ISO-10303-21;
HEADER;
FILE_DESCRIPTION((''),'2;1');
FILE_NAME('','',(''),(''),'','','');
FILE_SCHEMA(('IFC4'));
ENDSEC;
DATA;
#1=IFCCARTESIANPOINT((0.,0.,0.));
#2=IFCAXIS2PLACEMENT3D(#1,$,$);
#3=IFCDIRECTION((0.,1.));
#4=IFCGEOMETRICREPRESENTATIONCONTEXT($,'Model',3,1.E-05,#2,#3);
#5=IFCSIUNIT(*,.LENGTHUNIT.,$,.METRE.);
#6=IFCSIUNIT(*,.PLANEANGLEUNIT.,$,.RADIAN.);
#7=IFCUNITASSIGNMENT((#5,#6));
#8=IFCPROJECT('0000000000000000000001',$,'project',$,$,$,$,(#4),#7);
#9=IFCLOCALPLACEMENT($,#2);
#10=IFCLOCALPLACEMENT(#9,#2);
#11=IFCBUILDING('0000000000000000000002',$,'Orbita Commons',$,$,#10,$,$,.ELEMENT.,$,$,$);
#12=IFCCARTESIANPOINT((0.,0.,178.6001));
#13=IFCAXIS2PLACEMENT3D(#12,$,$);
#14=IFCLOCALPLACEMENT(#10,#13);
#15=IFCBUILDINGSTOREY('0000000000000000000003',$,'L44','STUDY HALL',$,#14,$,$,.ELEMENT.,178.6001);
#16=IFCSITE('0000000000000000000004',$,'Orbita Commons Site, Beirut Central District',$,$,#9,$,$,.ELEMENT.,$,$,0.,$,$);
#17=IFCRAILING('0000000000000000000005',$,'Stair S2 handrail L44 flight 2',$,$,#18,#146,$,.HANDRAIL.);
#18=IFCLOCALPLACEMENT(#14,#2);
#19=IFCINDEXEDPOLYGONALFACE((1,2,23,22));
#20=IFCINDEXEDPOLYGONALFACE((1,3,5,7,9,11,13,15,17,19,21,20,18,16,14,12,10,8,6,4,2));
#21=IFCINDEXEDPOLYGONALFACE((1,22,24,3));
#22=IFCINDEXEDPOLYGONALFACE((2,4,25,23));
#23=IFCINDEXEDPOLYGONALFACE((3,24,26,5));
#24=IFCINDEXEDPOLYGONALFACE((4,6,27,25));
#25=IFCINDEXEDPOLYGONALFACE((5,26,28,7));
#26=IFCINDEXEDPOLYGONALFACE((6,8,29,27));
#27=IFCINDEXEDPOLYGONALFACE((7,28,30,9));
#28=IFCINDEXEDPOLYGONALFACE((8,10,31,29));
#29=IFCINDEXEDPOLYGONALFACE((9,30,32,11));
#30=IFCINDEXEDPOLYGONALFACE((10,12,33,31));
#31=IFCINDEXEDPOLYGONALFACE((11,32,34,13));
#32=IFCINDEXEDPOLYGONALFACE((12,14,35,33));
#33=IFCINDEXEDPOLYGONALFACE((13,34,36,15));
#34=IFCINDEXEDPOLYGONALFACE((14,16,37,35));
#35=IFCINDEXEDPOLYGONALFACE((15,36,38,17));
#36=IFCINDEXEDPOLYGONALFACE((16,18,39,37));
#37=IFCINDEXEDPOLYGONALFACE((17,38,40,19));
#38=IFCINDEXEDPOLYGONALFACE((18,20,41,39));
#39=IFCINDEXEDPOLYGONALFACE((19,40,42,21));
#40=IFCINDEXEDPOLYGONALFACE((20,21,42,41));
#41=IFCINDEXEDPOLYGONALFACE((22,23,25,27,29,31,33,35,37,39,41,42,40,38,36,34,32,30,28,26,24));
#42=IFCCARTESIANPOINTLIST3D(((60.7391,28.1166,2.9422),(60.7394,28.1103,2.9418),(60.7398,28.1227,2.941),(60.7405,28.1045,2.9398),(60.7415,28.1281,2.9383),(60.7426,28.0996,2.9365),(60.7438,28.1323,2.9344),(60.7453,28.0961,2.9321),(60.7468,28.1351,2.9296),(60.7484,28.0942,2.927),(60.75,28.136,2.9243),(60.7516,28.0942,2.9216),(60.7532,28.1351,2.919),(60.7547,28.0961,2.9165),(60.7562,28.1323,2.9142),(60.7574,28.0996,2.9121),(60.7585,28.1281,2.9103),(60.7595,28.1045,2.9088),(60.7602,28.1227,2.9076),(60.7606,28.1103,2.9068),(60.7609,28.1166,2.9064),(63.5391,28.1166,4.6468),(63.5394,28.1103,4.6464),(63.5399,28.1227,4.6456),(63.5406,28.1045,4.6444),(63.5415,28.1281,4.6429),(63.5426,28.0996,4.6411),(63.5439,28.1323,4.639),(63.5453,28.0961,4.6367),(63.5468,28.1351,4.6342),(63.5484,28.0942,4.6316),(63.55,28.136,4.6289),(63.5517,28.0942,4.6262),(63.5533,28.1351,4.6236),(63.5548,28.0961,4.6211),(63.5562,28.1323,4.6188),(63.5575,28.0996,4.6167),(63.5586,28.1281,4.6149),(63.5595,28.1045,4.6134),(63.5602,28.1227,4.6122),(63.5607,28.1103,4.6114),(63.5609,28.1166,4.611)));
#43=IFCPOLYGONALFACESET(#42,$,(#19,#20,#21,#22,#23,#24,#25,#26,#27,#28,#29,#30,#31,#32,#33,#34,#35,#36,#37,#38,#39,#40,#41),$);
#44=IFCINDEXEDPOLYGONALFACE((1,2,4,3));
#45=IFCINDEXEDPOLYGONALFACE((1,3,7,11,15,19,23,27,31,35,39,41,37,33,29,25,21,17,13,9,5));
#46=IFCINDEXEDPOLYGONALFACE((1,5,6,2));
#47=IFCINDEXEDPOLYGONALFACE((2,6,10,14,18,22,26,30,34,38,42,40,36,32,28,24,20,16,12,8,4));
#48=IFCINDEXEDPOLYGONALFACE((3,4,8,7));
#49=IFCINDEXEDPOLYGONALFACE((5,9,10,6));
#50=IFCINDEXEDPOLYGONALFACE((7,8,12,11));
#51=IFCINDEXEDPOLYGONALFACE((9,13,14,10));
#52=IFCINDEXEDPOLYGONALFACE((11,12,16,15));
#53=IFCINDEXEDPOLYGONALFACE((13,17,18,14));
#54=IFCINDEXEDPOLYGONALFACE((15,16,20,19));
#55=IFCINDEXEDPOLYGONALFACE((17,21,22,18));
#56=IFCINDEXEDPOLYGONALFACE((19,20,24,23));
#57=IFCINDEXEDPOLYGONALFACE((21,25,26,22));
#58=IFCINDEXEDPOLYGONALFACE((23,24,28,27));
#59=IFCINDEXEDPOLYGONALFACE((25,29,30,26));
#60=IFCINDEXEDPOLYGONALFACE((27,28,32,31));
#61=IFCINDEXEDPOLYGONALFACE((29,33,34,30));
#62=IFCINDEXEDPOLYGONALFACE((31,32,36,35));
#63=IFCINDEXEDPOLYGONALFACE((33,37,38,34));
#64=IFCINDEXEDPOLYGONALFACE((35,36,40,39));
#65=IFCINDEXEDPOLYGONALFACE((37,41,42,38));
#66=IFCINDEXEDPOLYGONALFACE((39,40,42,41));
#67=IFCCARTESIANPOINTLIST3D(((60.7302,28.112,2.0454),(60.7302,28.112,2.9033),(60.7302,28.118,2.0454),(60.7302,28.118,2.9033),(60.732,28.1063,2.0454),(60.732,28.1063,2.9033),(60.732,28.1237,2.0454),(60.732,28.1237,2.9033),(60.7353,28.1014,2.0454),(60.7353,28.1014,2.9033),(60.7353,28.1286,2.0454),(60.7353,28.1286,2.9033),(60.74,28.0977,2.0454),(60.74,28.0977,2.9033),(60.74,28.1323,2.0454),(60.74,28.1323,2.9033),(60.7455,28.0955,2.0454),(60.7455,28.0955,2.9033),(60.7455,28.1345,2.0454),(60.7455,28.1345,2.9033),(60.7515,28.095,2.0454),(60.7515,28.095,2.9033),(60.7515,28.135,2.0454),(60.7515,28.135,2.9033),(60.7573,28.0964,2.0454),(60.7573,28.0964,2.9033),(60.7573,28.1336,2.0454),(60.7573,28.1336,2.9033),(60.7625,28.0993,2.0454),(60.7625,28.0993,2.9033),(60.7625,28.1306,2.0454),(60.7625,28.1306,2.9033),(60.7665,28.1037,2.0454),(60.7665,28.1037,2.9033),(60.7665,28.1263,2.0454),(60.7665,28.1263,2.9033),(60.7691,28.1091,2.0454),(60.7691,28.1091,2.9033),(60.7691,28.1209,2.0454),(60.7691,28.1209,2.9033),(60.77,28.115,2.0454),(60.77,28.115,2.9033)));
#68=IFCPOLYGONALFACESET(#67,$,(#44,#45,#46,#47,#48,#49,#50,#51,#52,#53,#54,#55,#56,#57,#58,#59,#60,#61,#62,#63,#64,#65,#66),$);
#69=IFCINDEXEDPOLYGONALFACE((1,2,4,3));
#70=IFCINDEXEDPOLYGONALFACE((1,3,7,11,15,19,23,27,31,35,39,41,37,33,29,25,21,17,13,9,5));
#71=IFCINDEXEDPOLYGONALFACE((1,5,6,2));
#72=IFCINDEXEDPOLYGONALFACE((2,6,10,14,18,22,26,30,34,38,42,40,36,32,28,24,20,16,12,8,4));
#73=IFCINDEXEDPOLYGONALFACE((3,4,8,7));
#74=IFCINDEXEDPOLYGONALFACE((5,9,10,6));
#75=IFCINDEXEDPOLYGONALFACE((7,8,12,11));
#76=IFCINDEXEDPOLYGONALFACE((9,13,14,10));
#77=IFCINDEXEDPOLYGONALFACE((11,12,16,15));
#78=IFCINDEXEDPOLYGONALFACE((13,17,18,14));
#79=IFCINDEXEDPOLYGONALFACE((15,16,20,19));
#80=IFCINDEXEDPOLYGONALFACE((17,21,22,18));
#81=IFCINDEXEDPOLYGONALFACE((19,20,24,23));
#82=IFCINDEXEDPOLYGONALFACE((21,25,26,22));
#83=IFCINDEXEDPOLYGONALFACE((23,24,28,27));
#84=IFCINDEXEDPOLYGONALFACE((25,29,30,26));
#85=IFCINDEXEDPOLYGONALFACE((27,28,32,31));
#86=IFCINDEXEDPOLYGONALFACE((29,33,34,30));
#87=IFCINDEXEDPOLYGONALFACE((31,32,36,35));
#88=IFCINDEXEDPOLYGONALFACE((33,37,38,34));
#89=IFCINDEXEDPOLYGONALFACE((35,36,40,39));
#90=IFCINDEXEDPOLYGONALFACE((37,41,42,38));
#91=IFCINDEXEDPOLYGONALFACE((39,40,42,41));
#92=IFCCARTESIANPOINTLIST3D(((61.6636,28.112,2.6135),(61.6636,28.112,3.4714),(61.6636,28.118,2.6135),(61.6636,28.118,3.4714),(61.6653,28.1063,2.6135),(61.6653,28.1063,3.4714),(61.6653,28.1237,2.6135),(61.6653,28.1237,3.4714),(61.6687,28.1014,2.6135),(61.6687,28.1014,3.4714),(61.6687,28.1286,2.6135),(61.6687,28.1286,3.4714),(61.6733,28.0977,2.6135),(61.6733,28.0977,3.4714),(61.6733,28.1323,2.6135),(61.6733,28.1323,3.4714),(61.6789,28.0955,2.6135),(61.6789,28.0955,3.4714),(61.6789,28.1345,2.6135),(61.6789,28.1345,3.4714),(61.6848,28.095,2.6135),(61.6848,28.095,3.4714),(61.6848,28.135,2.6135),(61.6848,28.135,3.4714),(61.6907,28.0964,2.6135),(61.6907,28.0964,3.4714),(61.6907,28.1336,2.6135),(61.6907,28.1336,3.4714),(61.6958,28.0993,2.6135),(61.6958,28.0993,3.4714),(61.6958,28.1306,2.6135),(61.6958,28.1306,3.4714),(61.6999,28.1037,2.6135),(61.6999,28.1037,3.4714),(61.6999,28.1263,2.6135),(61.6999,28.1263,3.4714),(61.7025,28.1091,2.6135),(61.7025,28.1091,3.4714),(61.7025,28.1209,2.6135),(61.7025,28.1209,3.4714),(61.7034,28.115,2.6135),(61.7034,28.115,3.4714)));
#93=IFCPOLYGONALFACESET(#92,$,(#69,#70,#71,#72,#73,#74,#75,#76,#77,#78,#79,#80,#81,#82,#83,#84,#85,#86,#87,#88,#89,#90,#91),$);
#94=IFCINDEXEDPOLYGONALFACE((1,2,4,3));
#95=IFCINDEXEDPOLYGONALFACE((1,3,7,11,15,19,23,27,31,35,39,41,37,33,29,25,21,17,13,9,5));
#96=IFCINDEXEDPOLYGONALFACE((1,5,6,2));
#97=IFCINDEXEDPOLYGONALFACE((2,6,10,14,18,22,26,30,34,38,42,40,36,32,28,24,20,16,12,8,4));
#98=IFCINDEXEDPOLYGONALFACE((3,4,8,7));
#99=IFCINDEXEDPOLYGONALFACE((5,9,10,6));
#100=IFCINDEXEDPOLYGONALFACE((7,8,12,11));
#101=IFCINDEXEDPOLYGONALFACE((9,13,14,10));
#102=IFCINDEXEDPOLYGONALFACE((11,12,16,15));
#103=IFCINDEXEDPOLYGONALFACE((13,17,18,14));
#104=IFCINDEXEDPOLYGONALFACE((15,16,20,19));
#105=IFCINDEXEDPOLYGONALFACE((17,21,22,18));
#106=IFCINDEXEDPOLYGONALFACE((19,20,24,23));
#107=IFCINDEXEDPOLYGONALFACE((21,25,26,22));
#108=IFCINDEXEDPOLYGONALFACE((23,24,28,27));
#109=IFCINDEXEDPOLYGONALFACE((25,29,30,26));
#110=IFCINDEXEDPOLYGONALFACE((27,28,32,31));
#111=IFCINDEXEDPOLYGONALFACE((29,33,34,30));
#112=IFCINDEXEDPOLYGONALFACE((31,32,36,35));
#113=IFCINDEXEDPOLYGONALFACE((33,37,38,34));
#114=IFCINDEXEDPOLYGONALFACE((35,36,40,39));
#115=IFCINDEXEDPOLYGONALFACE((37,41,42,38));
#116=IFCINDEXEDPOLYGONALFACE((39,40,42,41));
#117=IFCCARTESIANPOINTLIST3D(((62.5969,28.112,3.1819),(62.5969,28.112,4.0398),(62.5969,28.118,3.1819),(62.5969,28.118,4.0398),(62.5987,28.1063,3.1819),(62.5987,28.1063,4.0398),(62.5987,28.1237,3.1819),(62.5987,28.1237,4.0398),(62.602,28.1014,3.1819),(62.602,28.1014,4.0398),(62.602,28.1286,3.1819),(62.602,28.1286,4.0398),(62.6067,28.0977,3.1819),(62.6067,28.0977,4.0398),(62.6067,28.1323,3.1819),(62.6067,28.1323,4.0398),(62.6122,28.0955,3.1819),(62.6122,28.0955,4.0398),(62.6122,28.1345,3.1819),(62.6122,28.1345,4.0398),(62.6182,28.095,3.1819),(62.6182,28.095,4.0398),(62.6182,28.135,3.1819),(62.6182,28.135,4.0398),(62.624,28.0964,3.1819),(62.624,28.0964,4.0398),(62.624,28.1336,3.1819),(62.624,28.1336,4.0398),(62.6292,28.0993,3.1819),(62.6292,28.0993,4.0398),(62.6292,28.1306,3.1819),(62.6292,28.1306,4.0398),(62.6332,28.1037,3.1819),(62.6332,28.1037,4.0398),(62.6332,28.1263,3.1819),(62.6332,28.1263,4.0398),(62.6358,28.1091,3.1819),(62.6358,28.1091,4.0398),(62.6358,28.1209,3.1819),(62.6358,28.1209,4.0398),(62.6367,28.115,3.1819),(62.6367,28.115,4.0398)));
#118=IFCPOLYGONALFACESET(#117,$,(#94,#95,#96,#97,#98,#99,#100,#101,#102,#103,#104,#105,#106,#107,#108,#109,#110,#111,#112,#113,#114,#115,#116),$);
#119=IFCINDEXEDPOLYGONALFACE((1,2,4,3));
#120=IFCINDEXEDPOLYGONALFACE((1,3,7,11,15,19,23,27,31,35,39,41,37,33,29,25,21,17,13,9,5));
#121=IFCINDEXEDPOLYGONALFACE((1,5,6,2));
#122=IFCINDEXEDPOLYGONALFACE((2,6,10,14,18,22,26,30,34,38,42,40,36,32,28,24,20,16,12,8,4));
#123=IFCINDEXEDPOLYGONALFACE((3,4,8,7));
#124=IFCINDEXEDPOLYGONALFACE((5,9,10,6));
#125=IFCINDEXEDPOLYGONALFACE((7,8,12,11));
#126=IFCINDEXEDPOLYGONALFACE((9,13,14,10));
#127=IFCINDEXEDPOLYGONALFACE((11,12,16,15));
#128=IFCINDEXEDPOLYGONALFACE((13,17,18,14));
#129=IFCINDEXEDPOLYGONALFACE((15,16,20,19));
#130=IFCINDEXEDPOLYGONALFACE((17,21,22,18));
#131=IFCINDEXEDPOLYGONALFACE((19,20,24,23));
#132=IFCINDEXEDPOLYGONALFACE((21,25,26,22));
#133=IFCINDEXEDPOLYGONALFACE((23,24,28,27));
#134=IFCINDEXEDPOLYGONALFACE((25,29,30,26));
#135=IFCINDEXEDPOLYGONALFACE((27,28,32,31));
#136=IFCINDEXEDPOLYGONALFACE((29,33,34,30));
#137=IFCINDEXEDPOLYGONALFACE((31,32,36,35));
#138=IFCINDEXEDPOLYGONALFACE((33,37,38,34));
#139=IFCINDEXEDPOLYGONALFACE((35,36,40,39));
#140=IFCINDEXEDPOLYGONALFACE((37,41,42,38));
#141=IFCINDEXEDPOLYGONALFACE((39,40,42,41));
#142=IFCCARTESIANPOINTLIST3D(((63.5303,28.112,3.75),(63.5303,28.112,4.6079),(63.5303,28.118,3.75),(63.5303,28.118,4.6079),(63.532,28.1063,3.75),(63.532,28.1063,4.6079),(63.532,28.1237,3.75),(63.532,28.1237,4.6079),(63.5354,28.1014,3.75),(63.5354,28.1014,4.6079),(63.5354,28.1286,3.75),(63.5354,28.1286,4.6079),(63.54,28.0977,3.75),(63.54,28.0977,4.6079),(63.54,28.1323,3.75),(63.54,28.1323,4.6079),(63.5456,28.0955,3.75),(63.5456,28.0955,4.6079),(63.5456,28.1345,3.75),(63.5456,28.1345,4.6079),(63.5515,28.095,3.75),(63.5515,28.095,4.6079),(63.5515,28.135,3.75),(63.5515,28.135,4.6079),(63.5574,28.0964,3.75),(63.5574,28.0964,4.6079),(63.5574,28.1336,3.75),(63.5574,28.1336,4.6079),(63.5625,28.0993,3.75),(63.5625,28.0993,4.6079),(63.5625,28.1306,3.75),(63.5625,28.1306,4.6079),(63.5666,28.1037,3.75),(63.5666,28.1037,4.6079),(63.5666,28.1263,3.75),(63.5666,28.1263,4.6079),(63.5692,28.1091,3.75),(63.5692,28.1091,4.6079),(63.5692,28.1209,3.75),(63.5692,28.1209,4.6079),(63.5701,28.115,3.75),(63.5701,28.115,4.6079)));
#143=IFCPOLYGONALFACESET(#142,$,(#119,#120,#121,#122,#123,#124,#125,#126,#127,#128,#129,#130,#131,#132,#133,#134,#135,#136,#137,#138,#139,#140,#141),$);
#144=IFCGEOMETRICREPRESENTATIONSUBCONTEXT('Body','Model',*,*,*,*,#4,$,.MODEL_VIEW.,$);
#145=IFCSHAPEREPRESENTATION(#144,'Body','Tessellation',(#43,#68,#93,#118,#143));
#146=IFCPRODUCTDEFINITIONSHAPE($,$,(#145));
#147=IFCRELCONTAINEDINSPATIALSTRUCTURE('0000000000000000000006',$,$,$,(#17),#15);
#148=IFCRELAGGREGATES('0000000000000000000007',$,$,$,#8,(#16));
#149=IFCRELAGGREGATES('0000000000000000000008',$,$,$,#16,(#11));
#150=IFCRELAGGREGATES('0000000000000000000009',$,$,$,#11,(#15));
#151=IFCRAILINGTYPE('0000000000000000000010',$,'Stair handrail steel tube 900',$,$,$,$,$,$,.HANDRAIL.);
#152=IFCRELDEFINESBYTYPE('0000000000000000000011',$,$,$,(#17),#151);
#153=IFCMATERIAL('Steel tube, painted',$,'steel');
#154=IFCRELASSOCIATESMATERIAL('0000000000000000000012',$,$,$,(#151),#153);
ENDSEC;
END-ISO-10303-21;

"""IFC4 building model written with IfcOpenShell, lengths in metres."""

from ifc_helpers import new_model, si_unit, direction, frame, origin, origin_2d, place, context, subcontext, project, spatial, circle, extrude, material, type_object, element, save


model = new_model("IFC4")

# Units and contexts
model_context = context("Model", 3, precision=1e-05, world=origin(), true_north=direction((0.0, 1.0)))
body_context = subcontext(model_context, "Body", "Model", "MODEL_VIEW")
ifc_project = project(units=[si_unit("LENGTHUNIT", "METRE"), si_unit("PLANEANGLEUNIT", "RADIAN")], contexts=[model_context])

# Site, building, storey
site_placement = place(None, origin())
site = spatial("IfcSite", under=ifc_project, at=site_placement, Name="Orbita Commons Site, Beirut Central District", CompositionType="ELEMENT", RefElevation=0.0)
building_placement = place(site_placement, origin())
building = spatial("IfcBuilding", under=site, at=building_placement, Name="Orbita Commons", CompositionType="ELEMENT")
storey_placement = place(building_placement, frame((0.0, 0.0, 178.6001)))
storey = spatial("IfcBuildingStorey", under=building, at=storey_placement, Name="L44", Description="STUDY HALL", CompositionType="ELEMENT", Elevation=178.6001)

# Railing
ifc_material_1 = material(Name="Steel tube, painted", Category="steel")
railing_type = type_object("IfcRailingType", Name="Stair handrail steel tube 900", PredefinedType="HANDRAIL", material=ifc_material_1)
for number, where, name in (
    (1, (60.75, 28.115, 2.0454), "Stair S2 handrail L44 flight 2"),
):
    element("IfcRailing", number, at=place(storey_placement, frame(where)), inside=storey, type_object=railing_type, Name=name, PredefinedType="HANDRAIL", context=body_context, shape_type="SweptSolid", body=[
        extrude(circle(Radius=0.021, at=origin_2d()), frame((0.0, 0.0, 0.8789), z_axis=(0.85417, 0.0, 0.519994), x_axis=(0.0, 1.0, 0.0)), (0.0, 0.0, 1.0), 3.2781),
        extrude(circle(Radius=0.02, at=origin_2d()), origin(), (0.0, 0.0, 1.0), 0.8579),
        extrude(circle(Radius=0.02, at=origin_2d()), frame((0.9333, 0.0, 0.5681)), (0.0, 0.0, 1.0), 0.8579),
        extrude(circle(Radius=0.02, at=origin_2d()), frame((1.8667, 0.0, 1.1365)), (0.0, 0.0, 1.0), 0.8579),
        extrude(circle(Radius=0.02, at=origin_2d()), frame((2.8, 0.0, 1.7046)), (0.0, 0.0, 1.0), 0.8579),
    ])

save(model, "model.ifc")
